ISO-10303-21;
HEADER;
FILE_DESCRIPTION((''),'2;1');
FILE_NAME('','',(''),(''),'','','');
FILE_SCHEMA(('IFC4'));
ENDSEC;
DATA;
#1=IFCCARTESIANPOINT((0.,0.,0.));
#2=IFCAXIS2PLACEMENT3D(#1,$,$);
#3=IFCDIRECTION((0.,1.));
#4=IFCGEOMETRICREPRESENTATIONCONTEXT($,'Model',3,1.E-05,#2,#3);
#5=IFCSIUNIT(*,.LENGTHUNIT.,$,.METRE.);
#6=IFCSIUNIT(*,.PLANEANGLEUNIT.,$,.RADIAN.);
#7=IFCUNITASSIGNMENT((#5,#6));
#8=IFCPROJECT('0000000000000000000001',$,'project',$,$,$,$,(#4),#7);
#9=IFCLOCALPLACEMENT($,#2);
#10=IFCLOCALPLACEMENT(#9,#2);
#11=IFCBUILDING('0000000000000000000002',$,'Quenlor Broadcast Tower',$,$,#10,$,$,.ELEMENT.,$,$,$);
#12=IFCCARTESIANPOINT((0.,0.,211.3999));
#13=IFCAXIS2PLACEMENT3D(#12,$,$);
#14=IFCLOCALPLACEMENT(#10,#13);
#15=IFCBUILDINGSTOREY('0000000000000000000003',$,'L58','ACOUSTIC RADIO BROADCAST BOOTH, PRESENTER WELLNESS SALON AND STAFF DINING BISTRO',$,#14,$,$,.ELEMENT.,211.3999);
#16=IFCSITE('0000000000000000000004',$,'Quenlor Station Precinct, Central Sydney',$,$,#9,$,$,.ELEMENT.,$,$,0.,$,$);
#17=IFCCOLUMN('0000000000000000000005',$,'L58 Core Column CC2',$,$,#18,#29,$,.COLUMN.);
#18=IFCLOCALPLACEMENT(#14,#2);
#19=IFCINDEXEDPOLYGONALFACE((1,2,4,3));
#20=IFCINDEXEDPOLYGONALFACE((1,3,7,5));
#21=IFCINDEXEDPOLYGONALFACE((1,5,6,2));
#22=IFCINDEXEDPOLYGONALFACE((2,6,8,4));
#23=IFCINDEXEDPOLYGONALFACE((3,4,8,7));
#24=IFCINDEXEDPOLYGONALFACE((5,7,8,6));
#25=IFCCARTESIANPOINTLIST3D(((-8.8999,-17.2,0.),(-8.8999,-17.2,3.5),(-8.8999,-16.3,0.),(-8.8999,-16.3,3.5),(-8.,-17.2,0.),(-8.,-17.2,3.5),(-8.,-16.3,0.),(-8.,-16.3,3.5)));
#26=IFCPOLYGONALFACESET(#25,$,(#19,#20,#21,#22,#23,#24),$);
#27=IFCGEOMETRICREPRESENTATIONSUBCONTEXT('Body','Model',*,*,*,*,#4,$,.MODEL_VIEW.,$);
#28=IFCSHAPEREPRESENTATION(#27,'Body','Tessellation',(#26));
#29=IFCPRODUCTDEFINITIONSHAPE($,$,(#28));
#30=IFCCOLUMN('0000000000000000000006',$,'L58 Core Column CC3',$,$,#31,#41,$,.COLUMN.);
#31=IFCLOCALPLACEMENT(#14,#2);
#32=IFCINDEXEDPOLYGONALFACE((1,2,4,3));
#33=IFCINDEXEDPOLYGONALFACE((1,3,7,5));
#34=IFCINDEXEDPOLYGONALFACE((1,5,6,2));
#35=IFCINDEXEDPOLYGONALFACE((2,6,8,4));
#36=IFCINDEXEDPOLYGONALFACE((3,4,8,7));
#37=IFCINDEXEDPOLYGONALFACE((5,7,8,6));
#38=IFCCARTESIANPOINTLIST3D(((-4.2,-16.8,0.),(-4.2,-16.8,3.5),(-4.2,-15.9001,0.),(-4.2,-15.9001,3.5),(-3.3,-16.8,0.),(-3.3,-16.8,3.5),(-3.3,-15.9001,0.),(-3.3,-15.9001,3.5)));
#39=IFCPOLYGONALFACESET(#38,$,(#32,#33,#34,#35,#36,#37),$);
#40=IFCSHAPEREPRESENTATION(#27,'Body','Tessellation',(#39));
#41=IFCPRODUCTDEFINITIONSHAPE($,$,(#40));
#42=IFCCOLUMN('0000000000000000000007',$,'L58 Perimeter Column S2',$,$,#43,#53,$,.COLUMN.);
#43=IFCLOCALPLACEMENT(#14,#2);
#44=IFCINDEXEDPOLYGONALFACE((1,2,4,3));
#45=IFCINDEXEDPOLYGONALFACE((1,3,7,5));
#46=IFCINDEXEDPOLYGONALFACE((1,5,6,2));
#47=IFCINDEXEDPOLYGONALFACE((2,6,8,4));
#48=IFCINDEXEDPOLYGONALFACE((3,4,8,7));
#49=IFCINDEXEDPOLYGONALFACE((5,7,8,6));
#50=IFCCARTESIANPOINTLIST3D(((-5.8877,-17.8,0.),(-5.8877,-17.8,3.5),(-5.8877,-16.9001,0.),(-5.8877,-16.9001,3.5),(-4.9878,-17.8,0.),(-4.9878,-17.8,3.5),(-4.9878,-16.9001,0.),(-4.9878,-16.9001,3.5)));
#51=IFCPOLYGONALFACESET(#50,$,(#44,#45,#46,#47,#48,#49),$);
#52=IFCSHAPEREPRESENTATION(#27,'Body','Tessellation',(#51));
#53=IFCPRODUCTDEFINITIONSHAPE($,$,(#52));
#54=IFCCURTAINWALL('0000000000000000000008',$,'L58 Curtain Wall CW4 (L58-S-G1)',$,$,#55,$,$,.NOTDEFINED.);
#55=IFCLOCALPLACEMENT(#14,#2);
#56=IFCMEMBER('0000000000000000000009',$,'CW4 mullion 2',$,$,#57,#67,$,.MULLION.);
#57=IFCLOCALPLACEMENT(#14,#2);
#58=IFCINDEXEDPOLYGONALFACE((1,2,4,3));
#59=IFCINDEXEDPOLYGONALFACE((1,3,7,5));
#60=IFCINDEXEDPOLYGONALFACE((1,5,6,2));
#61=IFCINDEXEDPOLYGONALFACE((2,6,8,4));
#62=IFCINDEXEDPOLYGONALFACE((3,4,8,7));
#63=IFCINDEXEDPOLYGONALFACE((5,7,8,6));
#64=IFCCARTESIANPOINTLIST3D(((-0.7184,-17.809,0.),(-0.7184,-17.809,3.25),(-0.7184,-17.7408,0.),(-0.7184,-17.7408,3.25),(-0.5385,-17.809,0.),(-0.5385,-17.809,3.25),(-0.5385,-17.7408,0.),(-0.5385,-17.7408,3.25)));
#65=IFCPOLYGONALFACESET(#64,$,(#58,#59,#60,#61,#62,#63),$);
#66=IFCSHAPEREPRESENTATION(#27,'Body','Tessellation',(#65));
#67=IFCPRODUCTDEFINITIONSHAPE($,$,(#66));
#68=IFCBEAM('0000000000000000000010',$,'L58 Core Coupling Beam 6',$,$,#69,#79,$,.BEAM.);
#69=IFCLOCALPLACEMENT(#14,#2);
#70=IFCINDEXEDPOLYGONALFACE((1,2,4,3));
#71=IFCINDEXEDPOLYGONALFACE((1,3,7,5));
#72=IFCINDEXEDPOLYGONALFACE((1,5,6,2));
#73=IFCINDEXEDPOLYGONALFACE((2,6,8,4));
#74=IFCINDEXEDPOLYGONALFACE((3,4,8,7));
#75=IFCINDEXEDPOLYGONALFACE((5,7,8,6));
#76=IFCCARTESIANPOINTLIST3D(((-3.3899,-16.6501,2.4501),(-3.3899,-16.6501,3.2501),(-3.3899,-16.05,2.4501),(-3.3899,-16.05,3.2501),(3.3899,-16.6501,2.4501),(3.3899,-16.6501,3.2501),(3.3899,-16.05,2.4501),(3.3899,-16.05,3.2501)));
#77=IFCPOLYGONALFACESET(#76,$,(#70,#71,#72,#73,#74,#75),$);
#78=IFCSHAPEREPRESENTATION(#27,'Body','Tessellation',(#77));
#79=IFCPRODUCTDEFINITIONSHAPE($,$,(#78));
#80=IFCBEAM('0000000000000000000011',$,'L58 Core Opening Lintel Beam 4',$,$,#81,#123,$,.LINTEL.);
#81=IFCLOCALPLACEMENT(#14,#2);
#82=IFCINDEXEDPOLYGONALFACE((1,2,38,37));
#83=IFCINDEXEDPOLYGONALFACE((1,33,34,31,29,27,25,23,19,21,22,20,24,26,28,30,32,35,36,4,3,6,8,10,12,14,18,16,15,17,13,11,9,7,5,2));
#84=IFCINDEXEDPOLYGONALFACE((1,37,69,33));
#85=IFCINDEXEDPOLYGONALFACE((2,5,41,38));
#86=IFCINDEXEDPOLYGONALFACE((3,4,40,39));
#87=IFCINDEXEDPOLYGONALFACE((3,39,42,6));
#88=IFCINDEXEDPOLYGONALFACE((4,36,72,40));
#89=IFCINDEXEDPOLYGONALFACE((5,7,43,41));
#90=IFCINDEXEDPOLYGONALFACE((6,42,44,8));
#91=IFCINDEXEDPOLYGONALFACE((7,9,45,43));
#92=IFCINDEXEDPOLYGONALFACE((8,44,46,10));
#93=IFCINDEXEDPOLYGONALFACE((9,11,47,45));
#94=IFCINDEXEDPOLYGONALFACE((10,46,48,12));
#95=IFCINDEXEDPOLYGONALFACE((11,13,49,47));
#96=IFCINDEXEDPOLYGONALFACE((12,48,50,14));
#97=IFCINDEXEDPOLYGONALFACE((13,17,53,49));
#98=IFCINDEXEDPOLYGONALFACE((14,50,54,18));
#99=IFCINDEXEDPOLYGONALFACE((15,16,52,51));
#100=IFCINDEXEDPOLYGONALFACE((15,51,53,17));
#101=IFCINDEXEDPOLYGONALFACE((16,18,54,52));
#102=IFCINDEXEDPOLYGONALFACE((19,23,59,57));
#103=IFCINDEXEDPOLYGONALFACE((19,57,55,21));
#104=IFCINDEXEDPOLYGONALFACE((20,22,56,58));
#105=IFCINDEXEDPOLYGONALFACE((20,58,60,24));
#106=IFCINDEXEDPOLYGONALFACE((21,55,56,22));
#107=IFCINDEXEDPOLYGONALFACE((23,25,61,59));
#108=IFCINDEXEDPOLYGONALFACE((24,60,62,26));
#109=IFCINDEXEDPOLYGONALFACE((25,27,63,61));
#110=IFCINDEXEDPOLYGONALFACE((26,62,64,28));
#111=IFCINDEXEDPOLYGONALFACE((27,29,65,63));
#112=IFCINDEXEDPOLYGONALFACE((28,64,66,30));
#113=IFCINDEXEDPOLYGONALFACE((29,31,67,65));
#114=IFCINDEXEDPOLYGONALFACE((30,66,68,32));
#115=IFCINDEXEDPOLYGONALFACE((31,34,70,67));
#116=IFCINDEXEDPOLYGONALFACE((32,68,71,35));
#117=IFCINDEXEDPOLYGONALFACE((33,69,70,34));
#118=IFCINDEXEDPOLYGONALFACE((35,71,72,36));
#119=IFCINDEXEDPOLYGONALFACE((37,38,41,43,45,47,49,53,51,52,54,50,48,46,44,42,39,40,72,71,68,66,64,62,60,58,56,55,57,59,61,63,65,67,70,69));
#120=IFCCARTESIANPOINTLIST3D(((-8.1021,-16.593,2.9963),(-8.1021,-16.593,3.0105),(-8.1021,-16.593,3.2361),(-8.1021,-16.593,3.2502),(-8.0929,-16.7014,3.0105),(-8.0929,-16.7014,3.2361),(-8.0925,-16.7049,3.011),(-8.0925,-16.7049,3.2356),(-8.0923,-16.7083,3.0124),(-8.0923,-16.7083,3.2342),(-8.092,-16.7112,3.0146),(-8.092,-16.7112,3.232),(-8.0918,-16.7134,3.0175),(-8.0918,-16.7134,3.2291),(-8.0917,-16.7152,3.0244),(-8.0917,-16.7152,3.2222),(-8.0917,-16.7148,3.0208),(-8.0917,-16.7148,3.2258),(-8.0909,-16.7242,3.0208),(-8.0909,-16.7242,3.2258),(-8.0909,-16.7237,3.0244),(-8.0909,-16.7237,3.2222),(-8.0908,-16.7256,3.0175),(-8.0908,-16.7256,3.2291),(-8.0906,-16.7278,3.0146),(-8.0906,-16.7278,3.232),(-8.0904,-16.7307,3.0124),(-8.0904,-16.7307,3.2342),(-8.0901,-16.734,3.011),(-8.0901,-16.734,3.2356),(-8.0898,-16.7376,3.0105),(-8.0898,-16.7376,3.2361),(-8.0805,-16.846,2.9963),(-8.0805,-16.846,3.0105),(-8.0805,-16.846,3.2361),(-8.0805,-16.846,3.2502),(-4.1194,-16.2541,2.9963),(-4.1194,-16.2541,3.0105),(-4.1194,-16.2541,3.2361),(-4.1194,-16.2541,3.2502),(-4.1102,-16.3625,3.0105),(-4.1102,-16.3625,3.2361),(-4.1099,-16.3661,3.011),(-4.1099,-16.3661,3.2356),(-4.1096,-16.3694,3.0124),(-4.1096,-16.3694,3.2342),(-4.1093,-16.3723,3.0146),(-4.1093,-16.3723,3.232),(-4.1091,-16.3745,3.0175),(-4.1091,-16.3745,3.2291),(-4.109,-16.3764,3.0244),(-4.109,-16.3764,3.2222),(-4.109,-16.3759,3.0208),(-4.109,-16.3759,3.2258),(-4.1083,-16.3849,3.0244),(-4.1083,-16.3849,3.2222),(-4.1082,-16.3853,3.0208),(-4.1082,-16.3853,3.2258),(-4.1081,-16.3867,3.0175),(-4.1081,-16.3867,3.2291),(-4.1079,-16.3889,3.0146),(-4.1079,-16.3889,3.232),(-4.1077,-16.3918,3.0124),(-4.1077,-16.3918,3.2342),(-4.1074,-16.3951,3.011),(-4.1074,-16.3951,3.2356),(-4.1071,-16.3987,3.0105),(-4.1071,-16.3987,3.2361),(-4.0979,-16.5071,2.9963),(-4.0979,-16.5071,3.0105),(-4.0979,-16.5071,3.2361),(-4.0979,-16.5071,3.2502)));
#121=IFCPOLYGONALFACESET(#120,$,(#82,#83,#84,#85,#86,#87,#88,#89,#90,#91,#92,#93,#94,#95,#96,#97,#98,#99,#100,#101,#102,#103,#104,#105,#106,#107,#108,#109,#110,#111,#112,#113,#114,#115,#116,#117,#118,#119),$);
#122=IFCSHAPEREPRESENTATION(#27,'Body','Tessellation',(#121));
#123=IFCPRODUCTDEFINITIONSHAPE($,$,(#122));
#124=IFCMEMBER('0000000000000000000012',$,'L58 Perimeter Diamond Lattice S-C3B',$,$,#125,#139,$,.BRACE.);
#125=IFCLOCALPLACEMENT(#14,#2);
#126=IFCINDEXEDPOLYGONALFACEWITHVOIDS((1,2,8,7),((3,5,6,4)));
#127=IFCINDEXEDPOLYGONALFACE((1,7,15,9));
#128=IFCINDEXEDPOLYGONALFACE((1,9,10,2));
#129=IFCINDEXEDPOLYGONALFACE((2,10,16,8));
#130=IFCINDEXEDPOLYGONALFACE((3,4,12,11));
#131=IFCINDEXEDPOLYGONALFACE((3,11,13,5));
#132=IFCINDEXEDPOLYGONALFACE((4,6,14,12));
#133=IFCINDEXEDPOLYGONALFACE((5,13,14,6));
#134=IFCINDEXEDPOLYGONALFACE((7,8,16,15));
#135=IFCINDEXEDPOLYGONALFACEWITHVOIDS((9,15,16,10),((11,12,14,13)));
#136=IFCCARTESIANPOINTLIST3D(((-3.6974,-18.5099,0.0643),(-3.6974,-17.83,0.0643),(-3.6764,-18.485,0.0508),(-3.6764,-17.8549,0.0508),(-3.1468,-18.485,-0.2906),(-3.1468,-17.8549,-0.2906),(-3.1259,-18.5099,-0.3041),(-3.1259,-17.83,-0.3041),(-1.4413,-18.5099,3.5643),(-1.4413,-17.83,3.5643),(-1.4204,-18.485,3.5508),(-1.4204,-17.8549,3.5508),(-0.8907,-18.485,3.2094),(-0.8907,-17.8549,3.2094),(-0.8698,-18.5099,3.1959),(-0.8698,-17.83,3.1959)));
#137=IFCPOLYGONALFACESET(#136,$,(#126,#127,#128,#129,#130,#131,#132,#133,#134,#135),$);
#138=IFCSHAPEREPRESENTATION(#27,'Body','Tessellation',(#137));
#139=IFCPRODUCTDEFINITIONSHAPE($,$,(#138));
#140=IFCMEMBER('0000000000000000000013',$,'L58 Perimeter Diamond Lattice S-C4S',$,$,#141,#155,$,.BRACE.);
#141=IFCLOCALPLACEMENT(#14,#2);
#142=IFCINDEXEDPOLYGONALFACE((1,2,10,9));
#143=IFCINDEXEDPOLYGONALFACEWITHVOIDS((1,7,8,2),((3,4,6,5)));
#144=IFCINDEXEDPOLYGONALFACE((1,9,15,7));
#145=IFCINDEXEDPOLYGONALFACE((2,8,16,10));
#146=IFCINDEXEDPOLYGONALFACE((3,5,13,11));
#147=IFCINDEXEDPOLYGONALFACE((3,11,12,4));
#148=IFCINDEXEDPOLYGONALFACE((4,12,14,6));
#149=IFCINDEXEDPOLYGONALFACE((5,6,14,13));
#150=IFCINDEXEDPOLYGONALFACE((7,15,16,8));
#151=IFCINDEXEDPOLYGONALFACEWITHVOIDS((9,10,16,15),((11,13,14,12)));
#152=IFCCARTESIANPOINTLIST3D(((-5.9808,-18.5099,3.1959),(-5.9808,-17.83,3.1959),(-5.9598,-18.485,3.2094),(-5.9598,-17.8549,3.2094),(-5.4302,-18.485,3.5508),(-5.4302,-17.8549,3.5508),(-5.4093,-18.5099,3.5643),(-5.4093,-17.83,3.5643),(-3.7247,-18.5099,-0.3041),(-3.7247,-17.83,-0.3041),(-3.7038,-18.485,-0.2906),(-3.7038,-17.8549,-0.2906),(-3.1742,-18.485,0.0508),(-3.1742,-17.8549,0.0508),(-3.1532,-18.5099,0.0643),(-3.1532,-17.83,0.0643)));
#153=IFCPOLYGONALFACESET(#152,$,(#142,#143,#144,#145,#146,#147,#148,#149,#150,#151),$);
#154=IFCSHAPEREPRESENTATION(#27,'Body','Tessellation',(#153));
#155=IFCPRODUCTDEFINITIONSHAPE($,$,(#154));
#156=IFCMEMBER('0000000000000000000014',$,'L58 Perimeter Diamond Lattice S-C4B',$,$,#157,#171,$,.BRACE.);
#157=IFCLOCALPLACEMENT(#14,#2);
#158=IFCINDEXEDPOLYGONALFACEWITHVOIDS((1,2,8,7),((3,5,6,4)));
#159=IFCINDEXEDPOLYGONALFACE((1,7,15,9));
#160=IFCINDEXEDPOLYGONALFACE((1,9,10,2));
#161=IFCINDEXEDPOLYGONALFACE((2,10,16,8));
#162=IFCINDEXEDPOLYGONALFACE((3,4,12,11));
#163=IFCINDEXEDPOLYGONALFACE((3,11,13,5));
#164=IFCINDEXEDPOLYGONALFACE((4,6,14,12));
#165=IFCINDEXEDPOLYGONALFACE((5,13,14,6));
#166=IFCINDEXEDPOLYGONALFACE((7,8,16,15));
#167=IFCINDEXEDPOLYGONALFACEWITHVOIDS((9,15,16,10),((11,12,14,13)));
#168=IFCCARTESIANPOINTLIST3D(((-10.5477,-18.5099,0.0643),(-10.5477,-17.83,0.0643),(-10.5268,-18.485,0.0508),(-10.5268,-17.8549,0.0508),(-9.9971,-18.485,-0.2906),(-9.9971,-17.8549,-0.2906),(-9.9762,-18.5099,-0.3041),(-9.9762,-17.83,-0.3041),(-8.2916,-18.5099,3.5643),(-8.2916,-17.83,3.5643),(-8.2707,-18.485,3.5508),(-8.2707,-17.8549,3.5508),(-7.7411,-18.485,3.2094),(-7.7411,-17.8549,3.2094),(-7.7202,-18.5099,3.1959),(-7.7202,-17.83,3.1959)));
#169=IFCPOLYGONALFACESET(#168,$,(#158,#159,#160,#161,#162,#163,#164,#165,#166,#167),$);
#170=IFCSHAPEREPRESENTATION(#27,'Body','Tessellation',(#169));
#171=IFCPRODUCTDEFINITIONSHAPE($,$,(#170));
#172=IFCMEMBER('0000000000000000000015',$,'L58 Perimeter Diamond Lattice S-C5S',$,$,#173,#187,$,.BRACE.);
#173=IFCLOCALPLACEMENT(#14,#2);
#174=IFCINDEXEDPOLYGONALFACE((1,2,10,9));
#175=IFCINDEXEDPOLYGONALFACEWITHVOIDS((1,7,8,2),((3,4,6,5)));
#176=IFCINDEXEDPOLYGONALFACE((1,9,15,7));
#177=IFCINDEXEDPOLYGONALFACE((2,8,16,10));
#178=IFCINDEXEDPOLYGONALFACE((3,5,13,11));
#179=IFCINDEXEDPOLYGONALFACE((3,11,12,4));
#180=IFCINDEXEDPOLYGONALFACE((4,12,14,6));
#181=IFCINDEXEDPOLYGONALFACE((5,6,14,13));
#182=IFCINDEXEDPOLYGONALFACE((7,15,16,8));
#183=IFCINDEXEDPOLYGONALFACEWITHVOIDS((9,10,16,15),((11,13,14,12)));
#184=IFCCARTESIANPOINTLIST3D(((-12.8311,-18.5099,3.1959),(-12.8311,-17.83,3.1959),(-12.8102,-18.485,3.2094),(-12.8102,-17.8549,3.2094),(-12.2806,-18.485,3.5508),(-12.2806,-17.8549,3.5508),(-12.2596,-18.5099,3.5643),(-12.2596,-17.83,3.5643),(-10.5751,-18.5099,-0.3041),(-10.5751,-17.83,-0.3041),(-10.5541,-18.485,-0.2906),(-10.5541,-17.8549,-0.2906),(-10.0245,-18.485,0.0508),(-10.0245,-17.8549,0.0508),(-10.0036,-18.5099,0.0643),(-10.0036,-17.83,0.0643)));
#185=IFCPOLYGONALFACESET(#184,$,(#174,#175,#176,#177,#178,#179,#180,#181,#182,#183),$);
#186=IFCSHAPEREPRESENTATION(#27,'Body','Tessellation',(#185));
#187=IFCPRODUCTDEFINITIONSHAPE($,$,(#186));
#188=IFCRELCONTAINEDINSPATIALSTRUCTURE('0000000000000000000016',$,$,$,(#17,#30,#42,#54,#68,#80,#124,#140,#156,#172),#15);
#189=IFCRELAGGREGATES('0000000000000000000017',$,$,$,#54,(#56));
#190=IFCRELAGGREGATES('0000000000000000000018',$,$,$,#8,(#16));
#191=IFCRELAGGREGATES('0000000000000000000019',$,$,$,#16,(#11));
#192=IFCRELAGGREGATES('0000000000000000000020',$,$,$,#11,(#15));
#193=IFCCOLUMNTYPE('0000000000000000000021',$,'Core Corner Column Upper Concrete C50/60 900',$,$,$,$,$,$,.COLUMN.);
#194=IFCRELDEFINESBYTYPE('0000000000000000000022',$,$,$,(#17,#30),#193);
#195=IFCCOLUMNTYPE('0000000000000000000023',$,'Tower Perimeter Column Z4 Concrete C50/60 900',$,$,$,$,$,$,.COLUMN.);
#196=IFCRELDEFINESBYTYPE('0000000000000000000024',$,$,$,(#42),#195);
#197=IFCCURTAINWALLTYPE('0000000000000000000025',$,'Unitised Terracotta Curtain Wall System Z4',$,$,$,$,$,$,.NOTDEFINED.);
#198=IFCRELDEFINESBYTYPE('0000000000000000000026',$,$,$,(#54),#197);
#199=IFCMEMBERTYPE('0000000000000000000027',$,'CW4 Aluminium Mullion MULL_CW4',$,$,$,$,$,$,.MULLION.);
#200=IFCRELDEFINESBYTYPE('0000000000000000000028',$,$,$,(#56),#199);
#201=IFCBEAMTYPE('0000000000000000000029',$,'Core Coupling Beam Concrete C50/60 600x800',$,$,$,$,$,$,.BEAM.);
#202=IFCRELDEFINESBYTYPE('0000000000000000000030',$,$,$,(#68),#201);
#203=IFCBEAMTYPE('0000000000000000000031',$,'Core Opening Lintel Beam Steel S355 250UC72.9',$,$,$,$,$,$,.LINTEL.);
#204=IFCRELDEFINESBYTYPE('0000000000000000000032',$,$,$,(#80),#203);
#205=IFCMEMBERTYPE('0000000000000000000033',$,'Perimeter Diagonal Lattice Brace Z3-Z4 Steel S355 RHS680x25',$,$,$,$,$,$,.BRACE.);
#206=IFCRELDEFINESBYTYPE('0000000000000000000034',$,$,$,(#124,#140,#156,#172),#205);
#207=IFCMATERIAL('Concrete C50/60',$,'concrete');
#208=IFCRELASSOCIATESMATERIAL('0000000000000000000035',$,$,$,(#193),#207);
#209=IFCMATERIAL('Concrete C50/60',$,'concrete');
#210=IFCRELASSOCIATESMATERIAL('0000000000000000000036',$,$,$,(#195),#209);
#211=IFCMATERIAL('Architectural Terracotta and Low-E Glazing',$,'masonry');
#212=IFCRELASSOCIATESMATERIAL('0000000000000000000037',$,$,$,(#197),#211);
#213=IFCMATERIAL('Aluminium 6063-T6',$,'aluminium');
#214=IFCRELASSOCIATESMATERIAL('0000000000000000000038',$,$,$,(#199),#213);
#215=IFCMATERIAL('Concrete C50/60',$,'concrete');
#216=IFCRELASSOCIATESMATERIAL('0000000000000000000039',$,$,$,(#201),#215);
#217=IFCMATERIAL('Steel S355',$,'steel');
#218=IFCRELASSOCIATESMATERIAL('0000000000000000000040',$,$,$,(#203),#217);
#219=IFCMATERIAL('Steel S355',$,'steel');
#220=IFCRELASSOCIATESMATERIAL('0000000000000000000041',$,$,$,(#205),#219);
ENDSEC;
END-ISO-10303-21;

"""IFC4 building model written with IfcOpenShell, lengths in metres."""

from ifc_helpers import new_model, si_unit, direction, frame, origin, origin_2d, place, context, subcontext, project, spatial, rectangle, hollow_rectangle, i_section, extrude, material, material_profile, profile_set, type_object, element, aggregate, save


model = new_model("IFC4")

# Units and contexts
model_context = context("Model", 3, precision=1e-05, world=origin(), true_north=direction((0.0, 1.0)))
body_context = subcontext(model_context, "Body", "Model", "MODEL_VIEW")
ifc_project = project(units=[si_unit("LENGTHUNIT", "METRE"), si_unit("PLANEANGLEUNIT", "RADIAN")], contexts=[model_context])

# Site, building, storey
site_placement = place(None, origin())
site = spatial("IfcSite", under=ifc_project, at=site_placement, Name="Quenlor Station Precinct, Central Sydney", CompositionType="ELEMENT", RefElevation=0.0)
building_placement = place(site_placement, origin())
building = spatial("IfcBuilding", under=site, at=building_placement, Name="Quenlor Broadcast Tower", CompositionType="ELEMENT")
storey_placement = place(building_placement, frame((0.0, 0.0, 211.3999)))
storey = spatial("IfcBuildingStorey", under=building, at=storey_placement, Name="L58", Description="ACOUSTIC RADIO BROADCAST BOOTH, PRESENTER WELLNESS SALON AND STAFF DINING BISTRO", CompositionType="ELEMENT", Elevation=211.3999)

# Columns
ifc_material_1 = material(Name="Concrete C50/60", Category="concrete")
ifc_material_profile_1 = material_profile(ifc_material_1, rectangle(XDim=0.8999, YDim=0.8999, at=origin_2d()))
ifc_profile_set_1 = profile_set([ifc_material_profile_1], Name="Concrete C50/60 RC900x900")
column_type_1 = type_object("IfcColumnType", Name="Core Corner Column Upper Concrete C50/60 900", PredefinedType="COLUMN", material=ifc_profile_set_1)
for number, where, z_axis, x_axis, name in (
    (1, (-8.45, -16.75, 0.0), (0.0, 0.0, 1.0), (1.0, 0.0, 0.0), "L58 Core Column CC2"),
    (2, (-3.75, -16.3501, 0.0), (0.0, 0.0, 1.0), (1.0, 0.0, 0.0), "L58 Core Column CC3"),
):
    element("IfcColumn", number, at=place(storey_placement, frame(where, z_axis=z_axis, x_axis=x_axis)), inside=storey, type_object=column_type_1, Name=name, PredefinedType="COLUMN", context=body_context, shape_type="SweptSolid", body=[
        extrude(rectangle(XDim=0.8999, YDim=0.8999, at=origin_2d()), origin(), (0.0, 0.0, 1.0), 3.5),
    ])
ifc_material_2 = material(Name="Concrete C50/60", Category="concrete")
ifc_material_profile_2 = material_profile(ifc_material_2, rectangle(XDim=0.8999, YDim=0.8999, at=origin_2d()))
ifc_profile_set_2 = profile_set([ifc_material_profile_2], Name="Concrete C50/60 RC900x900")
column_type_2 = type_object("IfcColumnType", Name="Tower Perimeter Column Z4 Concrete C50/60 900", PredefinedType="COLUMN", material=ifc_profile_set_2)
column_placement = place(storey_placement, frame((-5.4377, -17.3501, 0.0), z_axis=(0.0, 0.0, 1.0), x_axis=(0.0, 1.0, 0.0)))
element("IfcColumn", 3, at=column_placement, inside=storey, type_object=column_type_2, Name="L58 Perimeter Column S2", PredefinedType="COLUMN", context=body_context, shape_type="SweptSolid", body=[
    extrude(rectangle(XDim=0.8999, YDim=0.8999, at=origin_2d()), origin(), (0.0, 0.0, 1.0), 3.5),
])

# Curtain wall, member
ifc_material_3 = material(Name="Architectural Terracotta and Low-E Glazing", Category="masonry")
curtain_wall_type = type_object("IfcCurtainWallType", Name="Unitised Terracotta Curtain Wall System Z4", PredefinedType="NOTDEFINED", material=ifc_material_3)
curtain_wall_placement = place(storey_placement, origin())
curtain_wall = element("IfcCurtainWall", 4, at=curtain_wall_placement, inside=storey, type_object=curtain_wall_type, Name="L58 Curtain Wall CW4 (L58-S-G1)", PredefinedType="NOTDEFINED")
ifc_material_4 = material(Name="Aluminium 6063-T6", Category="aluminium")
ifc_material_profile_3 = material_profile(ifc_material_4, rectangle(XDim=0.0681, YDim=0.1799, at=origin_2d()))
ifc_profile_set_3 = profile_set([ifc_material_profile_3], Name="Aluminium 6063-T6 MULL68x180")
member_type_1 = type_object("IfcMemberType", Name="CW4 Aluminium Mullion MULL_CW4", PredefinedType="MULLION", material=ifc_profile_set_3)
member_placement = place(storey_placement, frame((-0.6284, -17.7749, 0.0), z_axis=(0.0, 0.0, 1.0), x_axis=(0.0, -1.0, 0.0)))
member = element("IfcMember", 5, at=member_placement, type_object=member_type_1, Name="CW4 mullion 2", PredefinedType="MULLION", context=body_context, shape_type="SweptSolid", body=[
    extrude(rectangle(XDim=0.0681, YDim=0.1799, at=origin_2d()), origin(), (0.0, 0.0, 1.0), 3.25),
])

# Beams
ifc_material_5 = material(Name="Concrete C50/60", Category="concrete")
ifc_material_profile_4 = material_profile(ifc_material_5, rectangle(XDim=0.6001, YDim=0.8, at=origin_2d()))
ifc_profile_set_4 = profile_set([ifc_material_profile_4], Name="Concrete C50/60 RCB600x800")
beam_type_1 = type_object("IfcBeamType", Name="Core Coupling Beam Concrete C50/60 600x800", PredefinedType="BEAM", material=ifc_profile_set_4)
beam_1_placement = place(storey_placement, frame((-3.3899, -16.3501, 2.8501), z_axis=(1.0, 0.0, 0.0), x_axis=(0.0, 1.0, 0.0)))
element("IfcBeam", 6, at=beam_1_placement, inside=storey, type_object=beam_type_1, Name="L58 Core Coupling Beam 6", PredefinedType="BEAM", context=body_context, shape_type="SweptSolid", body=[
    extrude(rectangle(XDim=0.6001, YDim=0.8, at=origin_2d()), origin(), (0.0, 0.0, 1.0), 6.7798),
])
ifc_material_6 = material(Name="Steel S355", Category="steel")
ifc_material_profile_5 = material_profile(ifc_material_6, i_section(OverallWidth=0.2539, OverallDepth=0.2539, WebThickness=0.0085, FlangeThickness=0.0142, FilletRadius=0.0139, at=origin_2d()))
ifc_profile_set_5 = profile_set([ifc_material_profile_5], Name="Steel S355 250UC72.9")
beam_type_2 = type_object("IfcBeamType", Name="Core Opening Lintel Beam Steel S355 250UC72.9", PredefinedType="LINTEL", material=ifc_profile_set_5)
beam_2_placement = place(storey_placement, frame((-8.0913, -16.7195, 3.1233), z_axis=(0.9964, 0.084779, 0.0), x_axis=(-0.084779, 0.9964, 0.0)))
element("IfcBeam", 7, at=beam_2_placement, inside=storey, type_object=beam_type_2, Name="L58 Core Opening Lintel Beam 4", PredefinedType="LINTEL", context=body_context, shape_type="SweptSolid", body=[
    extrude(i_section(OverallWidth=0.2539, OverallDepth=0.2539, WebThickness=0.0085, FlangeThickness=0.0142, FilletRadius=0.0139, at=origin_2d()), origin(), (0.0, 0.0, 1.0), 3.9971),
])

# Members
ifc_material_7 = material(Name="Steel S355", Category="steel")
ifc_material_profile_6 = material_profile(ifc_material_7, hollow_rectangle(XDim=0.6799, YDim=0.6799, WallThickness=0.0249, at=origin_2d()))
ifc_profile_set_6 = profile_set([ifc_material_profile_6], Name="Steel S355 RHS680x680x25")
member_type_2 = type_object("IfcMemberType", Name="Perimeter Diagonal Lattice Brace Z3-Z4 Steel S355 RHS680x25", PredefinedType="BRACE", material=ifc_profile_set_6)
for number, where, z_axis, x_axis, name in (
    (8, (-3.4116, -18.1699, -0.1199), (0.541794, 0.0, 0.840511), (0.0, 1.0, 0.0), "L58 Perimeter Diamond Lattice S-C3B"),
    (9, (-3.439, -18.1699, -0.1199), (-0.541794, 0.0, 0.840511), (0.0, -1.0, 0.0), "L58 Perimeter Diamond Lattice S-C4S"),
    (10, (-10.262, -18.1699, -0.1199), (0.541794, 0.0, 0.840511), (0.0, 1.0, 0.0), "L58 Perimeter Diamond Lattice S-C4B"),
    (11, (-10.2893, -18.1699, -0.1199), (-0.541794, 0.0, 0.840511), (0.0, -1.0, 0.0), "L58 Perimeter Diamond Lattice S-C5S"),
):
    element("IfcMember", number, at=place(storey_placement, frame(where, z_axis=z_axis, x_axis=x_axis)), inside=storey, type_object=member_type_2, Name=name, PredefinedType="BRACE", context=body_context, shape_type="SweptSolid", body=[
        extrude(hollow_rectangle(XDim=0.6799, YDim=0.6799, WallThickness=0.0249, at=origin_2d()), origin(), (0.0, 0.0, 1.0), 4.1641),
    ])

aggregate(curtain_wall, [member])

save(model, "model.ifc")
